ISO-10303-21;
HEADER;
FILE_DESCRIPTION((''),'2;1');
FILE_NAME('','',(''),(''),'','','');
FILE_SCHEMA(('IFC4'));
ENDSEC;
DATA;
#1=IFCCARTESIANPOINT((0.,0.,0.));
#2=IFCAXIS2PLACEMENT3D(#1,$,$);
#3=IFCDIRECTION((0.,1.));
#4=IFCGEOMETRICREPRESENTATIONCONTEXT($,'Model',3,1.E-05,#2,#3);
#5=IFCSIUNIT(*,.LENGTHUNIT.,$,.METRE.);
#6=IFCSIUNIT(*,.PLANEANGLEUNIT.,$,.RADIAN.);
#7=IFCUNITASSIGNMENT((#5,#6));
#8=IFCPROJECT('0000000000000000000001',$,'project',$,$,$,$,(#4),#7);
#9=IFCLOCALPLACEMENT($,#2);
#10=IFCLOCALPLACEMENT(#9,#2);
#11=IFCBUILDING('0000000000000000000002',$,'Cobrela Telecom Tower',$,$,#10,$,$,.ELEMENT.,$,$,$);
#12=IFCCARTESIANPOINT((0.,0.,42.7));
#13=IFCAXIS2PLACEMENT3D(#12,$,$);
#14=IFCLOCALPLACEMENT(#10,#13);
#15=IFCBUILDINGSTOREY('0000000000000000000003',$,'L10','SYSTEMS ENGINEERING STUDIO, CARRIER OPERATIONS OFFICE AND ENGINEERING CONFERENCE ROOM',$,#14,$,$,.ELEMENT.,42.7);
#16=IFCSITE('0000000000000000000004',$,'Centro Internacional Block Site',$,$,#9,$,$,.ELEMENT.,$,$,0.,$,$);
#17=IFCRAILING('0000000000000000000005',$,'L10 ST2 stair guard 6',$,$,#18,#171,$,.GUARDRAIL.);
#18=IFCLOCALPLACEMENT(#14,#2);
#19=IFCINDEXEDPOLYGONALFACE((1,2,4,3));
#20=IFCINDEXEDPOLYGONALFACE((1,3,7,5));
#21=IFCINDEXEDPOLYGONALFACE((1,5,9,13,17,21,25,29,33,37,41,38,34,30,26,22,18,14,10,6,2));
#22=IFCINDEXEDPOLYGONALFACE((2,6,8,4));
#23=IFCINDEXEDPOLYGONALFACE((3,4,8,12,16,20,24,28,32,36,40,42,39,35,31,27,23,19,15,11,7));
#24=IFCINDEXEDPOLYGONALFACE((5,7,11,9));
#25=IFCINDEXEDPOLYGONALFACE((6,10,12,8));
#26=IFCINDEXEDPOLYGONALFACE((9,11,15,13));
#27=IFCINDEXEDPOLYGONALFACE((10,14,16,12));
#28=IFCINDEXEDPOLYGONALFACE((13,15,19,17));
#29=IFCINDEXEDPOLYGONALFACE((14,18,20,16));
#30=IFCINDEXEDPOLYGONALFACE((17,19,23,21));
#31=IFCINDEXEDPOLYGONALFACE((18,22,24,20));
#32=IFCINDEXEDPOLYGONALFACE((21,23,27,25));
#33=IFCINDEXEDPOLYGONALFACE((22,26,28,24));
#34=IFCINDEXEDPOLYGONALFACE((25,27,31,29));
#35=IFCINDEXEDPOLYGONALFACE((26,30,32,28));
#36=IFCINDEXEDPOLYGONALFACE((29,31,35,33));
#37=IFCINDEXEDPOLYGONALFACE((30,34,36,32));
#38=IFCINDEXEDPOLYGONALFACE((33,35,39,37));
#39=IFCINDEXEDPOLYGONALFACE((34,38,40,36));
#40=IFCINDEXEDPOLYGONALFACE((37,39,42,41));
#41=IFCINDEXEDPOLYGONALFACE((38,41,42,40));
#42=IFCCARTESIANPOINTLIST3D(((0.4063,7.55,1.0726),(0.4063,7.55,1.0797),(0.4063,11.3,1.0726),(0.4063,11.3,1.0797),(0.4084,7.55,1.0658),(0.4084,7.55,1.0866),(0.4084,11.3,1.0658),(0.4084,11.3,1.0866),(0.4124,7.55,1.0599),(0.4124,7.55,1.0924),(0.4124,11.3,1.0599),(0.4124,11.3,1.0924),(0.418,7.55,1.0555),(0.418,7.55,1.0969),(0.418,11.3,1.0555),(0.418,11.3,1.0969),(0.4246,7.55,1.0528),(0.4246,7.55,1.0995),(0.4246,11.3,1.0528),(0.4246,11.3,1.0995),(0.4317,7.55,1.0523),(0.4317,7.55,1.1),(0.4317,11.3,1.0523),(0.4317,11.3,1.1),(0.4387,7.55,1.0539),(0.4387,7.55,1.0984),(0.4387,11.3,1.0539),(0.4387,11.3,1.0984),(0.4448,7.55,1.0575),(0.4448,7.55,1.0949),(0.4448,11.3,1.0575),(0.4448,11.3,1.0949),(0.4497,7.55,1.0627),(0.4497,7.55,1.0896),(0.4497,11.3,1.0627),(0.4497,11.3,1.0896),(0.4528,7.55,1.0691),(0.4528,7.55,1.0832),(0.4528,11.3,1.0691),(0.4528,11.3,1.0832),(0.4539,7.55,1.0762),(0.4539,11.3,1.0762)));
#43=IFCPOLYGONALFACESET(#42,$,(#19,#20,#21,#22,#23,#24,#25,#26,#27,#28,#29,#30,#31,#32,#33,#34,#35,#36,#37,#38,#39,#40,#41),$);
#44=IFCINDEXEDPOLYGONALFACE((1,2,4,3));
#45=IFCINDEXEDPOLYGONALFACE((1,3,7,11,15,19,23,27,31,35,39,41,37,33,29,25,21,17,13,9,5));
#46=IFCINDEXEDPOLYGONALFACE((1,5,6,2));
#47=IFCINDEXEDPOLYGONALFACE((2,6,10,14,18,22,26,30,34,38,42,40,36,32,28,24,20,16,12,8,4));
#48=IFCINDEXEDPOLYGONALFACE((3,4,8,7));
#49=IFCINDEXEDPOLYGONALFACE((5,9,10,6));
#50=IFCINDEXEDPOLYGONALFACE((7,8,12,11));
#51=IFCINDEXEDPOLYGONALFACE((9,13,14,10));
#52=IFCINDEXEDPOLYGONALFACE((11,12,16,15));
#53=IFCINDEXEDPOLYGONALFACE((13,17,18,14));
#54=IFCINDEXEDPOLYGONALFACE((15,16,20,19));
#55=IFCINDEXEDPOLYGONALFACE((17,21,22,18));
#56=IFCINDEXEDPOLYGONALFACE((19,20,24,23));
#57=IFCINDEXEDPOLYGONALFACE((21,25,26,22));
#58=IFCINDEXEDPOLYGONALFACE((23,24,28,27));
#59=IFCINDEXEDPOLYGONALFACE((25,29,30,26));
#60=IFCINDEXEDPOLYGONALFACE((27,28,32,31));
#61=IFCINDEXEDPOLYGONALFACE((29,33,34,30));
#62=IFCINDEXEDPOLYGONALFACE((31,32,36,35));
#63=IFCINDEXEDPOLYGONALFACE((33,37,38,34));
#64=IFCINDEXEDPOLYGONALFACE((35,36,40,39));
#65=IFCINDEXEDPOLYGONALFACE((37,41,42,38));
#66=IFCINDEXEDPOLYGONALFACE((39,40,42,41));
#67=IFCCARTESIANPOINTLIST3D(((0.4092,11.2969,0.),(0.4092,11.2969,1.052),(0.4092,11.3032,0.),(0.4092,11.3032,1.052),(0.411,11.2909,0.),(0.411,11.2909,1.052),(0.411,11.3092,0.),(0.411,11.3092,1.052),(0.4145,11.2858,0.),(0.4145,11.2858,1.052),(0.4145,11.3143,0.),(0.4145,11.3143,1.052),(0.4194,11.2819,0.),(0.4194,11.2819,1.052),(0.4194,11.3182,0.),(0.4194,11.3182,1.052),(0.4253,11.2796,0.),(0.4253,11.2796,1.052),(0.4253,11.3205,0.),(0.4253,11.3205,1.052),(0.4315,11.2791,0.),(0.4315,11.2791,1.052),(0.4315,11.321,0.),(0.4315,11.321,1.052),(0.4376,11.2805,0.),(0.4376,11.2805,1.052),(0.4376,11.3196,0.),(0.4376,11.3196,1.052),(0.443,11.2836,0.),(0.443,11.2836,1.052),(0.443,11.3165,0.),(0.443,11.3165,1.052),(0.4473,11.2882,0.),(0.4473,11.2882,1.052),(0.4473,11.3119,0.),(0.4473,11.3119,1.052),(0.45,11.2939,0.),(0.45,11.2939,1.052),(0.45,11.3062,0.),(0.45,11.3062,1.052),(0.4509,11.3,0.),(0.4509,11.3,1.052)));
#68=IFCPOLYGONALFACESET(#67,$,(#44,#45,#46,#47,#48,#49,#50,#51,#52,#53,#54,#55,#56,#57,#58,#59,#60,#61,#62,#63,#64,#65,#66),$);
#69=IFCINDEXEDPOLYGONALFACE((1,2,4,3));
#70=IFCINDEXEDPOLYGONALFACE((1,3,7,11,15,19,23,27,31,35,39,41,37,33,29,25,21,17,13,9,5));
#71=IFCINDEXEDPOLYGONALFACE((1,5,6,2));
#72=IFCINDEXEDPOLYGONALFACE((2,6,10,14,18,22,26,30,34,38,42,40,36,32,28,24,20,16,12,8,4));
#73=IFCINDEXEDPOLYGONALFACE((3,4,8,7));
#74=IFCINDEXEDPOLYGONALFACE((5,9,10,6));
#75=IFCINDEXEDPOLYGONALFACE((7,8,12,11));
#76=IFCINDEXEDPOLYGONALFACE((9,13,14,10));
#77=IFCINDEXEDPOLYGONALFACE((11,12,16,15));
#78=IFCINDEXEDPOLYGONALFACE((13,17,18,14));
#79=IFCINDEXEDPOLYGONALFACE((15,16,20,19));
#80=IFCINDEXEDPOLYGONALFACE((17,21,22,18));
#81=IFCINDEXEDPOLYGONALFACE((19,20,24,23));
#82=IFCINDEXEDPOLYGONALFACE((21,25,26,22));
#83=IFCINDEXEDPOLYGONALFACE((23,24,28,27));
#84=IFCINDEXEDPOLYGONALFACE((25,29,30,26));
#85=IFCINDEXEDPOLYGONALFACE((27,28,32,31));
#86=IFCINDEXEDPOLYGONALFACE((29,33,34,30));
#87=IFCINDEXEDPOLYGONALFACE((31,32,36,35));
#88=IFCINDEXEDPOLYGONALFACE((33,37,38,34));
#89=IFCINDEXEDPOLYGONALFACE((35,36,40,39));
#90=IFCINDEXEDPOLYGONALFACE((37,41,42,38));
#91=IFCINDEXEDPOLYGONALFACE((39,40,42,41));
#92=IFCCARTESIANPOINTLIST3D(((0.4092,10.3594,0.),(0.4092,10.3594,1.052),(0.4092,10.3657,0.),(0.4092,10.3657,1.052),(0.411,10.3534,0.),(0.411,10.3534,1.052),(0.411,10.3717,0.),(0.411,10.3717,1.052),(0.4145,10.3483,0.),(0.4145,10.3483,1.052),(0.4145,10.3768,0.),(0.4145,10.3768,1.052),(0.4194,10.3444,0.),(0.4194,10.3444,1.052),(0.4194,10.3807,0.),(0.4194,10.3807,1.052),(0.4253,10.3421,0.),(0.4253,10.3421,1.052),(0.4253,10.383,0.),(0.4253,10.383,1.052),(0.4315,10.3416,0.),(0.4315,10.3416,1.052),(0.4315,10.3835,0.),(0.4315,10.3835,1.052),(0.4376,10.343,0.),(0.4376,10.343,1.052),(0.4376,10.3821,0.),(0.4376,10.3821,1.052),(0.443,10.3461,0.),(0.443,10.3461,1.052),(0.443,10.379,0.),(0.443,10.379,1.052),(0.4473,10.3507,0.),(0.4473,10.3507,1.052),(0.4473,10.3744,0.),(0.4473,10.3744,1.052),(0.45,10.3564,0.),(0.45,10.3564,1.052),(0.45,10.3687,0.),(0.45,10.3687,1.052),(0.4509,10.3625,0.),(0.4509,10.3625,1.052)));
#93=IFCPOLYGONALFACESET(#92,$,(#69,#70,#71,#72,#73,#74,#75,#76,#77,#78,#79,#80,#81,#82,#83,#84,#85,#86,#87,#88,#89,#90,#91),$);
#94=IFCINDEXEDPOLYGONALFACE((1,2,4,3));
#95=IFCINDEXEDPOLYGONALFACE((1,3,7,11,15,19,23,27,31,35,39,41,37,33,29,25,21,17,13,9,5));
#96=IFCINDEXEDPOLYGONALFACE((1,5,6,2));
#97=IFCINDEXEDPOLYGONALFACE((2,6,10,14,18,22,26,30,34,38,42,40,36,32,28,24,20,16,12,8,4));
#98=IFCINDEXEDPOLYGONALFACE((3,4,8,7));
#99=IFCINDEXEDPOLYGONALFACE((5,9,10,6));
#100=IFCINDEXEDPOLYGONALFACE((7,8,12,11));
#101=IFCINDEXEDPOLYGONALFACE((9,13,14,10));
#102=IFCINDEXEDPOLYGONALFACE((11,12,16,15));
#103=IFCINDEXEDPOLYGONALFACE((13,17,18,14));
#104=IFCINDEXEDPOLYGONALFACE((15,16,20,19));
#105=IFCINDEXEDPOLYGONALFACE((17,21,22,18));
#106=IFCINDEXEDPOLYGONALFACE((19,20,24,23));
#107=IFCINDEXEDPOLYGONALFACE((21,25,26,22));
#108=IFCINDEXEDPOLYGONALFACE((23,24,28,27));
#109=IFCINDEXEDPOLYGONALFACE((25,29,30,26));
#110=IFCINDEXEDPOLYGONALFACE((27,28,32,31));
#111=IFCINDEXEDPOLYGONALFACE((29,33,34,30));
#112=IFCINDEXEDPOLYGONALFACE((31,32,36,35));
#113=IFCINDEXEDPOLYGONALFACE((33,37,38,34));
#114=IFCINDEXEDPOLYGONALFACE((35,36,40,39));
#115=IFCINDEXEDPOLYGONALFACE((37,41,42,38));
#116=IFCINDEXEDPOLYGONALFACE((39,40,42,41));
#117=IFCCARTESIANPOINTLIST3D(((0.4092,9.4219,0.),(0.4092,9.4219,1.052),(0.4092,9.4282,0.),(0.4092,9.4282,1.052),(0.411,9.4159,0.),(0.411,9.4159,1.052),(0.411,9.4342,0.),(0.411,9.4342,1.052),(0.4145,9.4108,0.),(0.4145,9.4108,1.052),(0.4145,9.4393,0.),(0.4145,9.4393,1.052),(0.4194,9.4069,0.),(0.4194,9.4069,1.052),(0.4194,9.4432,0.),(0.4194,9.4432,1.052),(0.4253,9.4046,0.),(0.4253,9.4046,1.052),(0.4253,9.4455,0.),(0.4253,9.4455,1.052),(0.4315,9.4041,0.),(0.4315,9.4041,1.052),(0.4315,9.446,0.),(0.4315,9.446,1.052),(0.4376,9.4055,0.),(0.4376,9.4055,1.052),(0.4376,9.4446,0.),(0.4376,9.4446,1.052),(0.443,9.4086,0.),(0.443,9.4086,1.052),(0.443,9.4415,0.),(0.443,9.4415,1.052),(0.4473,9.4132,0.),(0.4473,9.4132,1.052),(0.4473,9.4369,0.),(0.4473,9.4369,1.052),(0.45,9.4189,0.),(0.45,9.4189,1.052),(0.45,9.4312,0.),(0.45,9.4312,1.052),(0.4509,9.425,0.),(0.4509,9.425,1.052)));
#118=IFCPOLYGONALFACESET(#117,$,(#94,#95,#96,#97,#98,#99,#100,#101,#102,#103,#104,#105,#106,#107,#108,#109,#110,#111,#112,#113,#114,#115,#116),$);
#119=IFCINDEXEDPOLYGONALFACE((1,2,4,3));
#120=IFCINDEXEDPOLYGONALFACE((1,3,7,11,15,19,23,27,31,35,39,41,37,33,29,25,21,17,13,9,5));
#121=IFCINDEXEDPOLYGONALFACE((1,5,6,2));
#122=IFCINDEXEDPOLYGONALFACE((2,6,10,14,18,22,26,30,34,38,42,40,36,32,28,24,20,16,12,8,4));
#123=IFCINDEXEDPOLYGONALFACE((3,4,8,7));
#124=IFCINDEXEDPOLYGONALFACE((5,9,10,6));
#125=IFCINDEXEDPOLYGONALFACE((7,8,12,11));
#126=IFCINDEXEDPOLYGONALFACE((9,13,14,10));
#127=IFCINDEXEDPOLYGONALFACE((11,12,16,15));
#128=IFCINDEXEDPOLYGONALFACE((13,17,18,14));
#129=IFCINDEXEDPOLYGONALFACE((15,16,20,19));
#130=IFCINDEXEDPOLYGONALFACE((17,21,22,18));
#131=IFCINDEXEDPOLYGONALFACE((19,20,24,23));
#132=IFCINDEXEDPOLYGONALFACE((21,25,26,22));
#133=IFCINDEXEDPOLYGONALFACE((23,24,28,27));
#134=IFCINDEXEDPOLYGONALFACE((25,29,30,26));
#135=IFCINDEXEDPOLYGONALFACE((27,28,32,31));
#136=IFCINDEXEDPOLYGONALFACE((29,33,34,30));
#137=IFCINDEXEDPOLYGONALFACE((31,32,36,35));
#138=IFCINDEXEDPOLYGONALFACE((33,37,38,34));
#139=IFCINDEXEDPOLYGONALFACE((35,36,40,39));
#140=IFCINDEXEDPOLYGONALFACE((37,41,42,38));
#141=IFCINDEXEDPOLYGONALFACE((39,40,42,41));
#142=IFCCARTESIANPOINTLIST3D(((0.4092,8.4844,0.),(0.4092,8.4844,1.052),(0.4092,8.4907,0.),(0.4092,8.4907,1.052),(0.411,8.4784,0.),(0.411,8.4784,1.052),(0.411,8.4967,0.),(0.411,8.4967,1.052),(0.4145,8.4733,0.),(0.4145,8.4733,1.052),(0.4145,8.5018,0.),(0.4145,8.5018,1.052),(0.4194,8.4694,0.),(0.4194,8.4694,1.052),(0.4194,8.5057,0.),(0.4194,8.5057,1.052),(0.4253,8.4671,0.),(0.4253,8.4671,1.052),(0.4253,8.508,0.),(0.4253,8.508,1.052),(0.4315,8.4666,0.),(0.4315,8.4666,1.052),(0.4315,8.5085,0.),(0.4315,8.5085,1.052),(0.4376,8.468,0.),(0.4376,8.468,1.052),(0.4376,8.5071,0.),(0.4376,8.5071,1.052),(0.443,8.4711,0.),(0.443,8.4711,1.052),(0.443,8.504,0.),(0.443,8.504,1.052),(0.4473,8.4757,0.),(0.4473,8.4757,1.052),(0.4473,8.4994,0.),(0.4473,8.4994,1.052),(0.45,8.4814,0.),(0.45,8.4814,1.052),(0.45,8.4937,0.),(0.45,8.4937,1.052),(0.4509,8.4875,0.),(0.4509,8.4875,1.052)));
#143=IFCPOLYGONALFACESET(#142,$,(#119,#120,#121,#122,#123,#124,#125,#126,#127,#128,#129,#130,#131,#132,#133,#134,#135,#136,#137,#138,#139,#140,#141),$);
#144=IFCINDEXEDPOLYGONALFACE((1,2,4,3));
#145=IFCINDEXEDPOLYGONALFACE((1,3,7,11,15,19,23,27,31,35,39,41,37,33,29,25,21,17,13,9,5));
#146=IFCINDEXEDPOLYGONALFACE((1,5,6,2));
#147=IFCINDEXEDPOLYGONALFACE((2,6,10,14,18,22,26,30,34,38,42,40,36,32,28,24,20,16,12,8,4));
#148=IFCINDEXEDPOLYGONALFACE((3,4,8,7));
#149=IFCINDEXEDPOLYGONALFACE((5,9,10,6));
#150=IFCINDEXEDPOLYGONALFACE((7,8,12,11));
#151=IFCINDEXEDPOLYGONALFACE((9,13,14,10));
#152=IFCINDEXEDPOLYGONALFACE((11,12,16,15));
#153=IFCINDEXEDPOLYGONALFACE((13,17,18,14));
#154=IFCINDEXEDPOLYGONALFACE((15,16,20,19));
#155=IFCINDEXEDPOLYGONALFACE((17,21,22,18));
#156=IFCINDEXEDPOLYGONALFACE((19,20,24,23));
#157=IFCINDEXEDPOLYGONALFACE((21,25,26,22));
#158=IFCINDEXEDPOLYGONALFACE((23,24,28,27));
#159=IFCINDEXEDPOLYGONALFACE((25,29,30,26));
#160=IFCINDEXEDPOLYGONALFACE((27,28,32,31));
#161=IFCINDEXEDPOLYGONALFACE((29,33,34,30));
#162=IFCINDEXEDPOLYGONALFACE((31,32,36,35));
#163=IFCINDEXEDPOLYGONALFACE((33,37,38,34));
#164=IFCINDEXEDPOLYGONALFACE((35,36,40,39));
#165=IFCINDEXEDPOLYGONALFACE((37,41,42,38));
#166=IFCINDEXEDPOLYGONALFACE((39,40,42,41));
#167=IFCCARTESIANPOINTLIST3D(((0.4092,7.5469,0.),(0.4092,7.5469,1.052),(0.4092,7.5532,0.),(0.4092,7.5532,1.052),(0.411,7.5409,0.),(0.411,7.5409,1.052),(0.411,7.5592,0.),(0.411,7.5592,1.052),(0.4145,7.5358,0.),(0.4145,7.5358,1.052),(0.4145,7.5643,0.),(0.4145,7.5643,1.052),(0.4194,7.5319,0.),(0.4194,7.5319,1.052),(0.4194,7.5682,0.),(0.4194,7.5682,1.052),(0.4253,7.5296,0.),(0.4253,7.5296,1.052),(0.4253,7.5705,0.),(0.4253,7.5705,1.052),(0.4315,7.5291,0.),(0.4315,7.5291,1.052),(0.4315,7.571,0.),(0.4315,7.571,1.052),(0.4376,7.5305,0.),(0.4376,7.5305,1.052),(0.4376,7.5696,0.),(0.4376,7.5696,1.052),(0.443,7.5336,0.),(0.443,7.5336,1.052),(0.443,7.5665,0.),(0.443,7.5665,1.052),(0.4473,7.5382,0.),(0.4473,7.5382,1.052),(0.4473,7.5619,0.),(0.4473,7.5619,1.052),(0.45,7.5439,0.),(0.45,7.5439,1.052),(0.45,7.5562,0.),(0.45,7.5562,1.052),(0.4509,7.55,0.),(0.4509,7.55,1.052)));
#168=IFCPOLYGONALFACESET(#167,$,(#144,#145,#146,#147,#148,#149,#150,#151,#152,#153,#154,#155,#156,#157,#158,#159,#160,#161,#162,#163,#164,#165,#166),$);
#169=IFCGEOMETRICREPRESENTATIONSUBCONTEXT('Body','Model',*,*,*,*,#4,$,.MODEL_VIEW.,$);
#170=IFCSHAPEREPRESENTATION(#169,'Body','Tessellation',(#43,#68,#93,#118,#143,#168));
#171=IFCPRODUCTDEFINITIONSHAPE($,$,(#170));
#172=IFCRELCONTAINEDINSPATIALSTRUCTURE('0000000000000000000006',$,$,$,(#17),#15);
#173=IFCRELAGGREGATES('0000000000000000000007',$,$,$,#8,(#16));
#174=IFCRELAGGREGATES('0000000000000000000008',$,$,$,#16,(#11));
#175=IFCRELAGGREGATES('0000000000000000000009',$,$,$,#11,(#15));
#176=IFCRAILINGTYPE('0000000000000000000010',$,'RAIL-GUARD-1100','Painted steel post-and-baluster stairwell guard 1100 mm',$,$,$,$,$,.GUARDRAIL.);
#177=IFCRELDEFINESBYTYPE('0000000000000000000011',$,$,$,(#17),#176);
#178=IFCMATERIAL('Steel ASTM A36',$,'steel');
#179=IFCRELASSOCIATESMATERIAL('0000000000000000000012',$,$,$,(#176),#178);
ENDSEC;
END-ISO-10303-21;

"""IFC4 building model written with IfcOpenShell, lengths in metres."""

from ifc_helpers import new_model, si_unit, direction, frame, origin, origin_2d, place, context, subcontext, project, spatial, circle, extrude, material, type_object, element, save


model = new_model("IFC4")

# Units and contexts
model_context = context("Model", 3, precision=1e-05, world=origin(), true_north=direction((0.0, 1.0)))
body_context = subcontext(model_context, "Body", "Model", "MODEL_VIEW")
ifc_project = project(units=[si_unit("LENGTHUNIT", "METRE"), si_unit("PLANEANGLEUNIT", "RADIAN")], contexts=[model_context])

# Site, building, storey
site_placement = place(None, origin())
site = spatial("IfcSite", under=ifc_project, at=site_placement, Name="Centro Internacional Block Site", CompositionType="ELEMENT", RefElevation=0.0)
building_placement = place(site_placement, origin())
building = spatial("IfcBuilding", under=site, at=building_placement, Name="Cobrela Telecom Tower", CompositionType="ELEMENT")
storey_placement = place(building_placement, frame((0.0, 0.0, 42.7)))
storey = spatial("IfcBuildingStorey", under=building, at=storey_placement, Name="L10", Description="SYSTEMS ENGINEERING STUDIO, CARRIER OPERATIONS OFFICE AND ENGINEERING CONFERENCE ROOM", CompositionType="ELEMENT", Elevation=42.7)

# Railing
ifc_material_1 = material(Name="Steel ASTM A36", Category="steel")
railing_type_1 = type_object("IfcRailingType", Name="RAIL-GUARD-1100", Description="Painted steel post-and-baluster stairwell guard 1100 mm", PredefinedType="GUARDRAIL", material=ifc_material_1)
railing_1_placement = place(storey_placement, frame((0.4299, 11.3, 0.0)))
element("IfcRailing", 1, at=railing_1_placement, inside=storey, type_object=railing_type_1, Name="L10 ST2 stair guard 6", PredefinedType="GUARDRAIL", context=body_context, shape_type="SweptSolid", body=[
    extrude(circle(Radius=0.0239, at=origin_2d()), frame((0.0, 0.0, 1.0762), z_axis=(0.0, -1.0, 0.0), x_axis=(1.0, 0.0, 0.0)), (0.0, 0.0, 1.0), 3.75),
    extrude(circle(Radius=0.021, at=origin_2d()), origin(), (0.0, 0.0, 1.0), 1.052),
    extrude(circle(Radius=0.021, at=origin_2d()), frame((0.0, -0.9375, 0.0)), (0.0, 0.0, 1.0), 1.052),
    extrude(circle(Radius=0.021, at=origin_2d()), frame((0.0, -1.875, 0.0)), (0.0, 0.0, 1.0), 1.052),
    extrude(circle(Radius=0.021, at=origin_2d()), frame((0.0, -2.8125, 0.0)), (0.0, 0.0, 1.0), 1.052),
    extrude(circle(Radius=0.021, at=origin_2d()), frame((0.0, -3.75, 0.0)), (0.0, 0.0, 1.0), 1.052),
])

save(model, "model.ifc")
